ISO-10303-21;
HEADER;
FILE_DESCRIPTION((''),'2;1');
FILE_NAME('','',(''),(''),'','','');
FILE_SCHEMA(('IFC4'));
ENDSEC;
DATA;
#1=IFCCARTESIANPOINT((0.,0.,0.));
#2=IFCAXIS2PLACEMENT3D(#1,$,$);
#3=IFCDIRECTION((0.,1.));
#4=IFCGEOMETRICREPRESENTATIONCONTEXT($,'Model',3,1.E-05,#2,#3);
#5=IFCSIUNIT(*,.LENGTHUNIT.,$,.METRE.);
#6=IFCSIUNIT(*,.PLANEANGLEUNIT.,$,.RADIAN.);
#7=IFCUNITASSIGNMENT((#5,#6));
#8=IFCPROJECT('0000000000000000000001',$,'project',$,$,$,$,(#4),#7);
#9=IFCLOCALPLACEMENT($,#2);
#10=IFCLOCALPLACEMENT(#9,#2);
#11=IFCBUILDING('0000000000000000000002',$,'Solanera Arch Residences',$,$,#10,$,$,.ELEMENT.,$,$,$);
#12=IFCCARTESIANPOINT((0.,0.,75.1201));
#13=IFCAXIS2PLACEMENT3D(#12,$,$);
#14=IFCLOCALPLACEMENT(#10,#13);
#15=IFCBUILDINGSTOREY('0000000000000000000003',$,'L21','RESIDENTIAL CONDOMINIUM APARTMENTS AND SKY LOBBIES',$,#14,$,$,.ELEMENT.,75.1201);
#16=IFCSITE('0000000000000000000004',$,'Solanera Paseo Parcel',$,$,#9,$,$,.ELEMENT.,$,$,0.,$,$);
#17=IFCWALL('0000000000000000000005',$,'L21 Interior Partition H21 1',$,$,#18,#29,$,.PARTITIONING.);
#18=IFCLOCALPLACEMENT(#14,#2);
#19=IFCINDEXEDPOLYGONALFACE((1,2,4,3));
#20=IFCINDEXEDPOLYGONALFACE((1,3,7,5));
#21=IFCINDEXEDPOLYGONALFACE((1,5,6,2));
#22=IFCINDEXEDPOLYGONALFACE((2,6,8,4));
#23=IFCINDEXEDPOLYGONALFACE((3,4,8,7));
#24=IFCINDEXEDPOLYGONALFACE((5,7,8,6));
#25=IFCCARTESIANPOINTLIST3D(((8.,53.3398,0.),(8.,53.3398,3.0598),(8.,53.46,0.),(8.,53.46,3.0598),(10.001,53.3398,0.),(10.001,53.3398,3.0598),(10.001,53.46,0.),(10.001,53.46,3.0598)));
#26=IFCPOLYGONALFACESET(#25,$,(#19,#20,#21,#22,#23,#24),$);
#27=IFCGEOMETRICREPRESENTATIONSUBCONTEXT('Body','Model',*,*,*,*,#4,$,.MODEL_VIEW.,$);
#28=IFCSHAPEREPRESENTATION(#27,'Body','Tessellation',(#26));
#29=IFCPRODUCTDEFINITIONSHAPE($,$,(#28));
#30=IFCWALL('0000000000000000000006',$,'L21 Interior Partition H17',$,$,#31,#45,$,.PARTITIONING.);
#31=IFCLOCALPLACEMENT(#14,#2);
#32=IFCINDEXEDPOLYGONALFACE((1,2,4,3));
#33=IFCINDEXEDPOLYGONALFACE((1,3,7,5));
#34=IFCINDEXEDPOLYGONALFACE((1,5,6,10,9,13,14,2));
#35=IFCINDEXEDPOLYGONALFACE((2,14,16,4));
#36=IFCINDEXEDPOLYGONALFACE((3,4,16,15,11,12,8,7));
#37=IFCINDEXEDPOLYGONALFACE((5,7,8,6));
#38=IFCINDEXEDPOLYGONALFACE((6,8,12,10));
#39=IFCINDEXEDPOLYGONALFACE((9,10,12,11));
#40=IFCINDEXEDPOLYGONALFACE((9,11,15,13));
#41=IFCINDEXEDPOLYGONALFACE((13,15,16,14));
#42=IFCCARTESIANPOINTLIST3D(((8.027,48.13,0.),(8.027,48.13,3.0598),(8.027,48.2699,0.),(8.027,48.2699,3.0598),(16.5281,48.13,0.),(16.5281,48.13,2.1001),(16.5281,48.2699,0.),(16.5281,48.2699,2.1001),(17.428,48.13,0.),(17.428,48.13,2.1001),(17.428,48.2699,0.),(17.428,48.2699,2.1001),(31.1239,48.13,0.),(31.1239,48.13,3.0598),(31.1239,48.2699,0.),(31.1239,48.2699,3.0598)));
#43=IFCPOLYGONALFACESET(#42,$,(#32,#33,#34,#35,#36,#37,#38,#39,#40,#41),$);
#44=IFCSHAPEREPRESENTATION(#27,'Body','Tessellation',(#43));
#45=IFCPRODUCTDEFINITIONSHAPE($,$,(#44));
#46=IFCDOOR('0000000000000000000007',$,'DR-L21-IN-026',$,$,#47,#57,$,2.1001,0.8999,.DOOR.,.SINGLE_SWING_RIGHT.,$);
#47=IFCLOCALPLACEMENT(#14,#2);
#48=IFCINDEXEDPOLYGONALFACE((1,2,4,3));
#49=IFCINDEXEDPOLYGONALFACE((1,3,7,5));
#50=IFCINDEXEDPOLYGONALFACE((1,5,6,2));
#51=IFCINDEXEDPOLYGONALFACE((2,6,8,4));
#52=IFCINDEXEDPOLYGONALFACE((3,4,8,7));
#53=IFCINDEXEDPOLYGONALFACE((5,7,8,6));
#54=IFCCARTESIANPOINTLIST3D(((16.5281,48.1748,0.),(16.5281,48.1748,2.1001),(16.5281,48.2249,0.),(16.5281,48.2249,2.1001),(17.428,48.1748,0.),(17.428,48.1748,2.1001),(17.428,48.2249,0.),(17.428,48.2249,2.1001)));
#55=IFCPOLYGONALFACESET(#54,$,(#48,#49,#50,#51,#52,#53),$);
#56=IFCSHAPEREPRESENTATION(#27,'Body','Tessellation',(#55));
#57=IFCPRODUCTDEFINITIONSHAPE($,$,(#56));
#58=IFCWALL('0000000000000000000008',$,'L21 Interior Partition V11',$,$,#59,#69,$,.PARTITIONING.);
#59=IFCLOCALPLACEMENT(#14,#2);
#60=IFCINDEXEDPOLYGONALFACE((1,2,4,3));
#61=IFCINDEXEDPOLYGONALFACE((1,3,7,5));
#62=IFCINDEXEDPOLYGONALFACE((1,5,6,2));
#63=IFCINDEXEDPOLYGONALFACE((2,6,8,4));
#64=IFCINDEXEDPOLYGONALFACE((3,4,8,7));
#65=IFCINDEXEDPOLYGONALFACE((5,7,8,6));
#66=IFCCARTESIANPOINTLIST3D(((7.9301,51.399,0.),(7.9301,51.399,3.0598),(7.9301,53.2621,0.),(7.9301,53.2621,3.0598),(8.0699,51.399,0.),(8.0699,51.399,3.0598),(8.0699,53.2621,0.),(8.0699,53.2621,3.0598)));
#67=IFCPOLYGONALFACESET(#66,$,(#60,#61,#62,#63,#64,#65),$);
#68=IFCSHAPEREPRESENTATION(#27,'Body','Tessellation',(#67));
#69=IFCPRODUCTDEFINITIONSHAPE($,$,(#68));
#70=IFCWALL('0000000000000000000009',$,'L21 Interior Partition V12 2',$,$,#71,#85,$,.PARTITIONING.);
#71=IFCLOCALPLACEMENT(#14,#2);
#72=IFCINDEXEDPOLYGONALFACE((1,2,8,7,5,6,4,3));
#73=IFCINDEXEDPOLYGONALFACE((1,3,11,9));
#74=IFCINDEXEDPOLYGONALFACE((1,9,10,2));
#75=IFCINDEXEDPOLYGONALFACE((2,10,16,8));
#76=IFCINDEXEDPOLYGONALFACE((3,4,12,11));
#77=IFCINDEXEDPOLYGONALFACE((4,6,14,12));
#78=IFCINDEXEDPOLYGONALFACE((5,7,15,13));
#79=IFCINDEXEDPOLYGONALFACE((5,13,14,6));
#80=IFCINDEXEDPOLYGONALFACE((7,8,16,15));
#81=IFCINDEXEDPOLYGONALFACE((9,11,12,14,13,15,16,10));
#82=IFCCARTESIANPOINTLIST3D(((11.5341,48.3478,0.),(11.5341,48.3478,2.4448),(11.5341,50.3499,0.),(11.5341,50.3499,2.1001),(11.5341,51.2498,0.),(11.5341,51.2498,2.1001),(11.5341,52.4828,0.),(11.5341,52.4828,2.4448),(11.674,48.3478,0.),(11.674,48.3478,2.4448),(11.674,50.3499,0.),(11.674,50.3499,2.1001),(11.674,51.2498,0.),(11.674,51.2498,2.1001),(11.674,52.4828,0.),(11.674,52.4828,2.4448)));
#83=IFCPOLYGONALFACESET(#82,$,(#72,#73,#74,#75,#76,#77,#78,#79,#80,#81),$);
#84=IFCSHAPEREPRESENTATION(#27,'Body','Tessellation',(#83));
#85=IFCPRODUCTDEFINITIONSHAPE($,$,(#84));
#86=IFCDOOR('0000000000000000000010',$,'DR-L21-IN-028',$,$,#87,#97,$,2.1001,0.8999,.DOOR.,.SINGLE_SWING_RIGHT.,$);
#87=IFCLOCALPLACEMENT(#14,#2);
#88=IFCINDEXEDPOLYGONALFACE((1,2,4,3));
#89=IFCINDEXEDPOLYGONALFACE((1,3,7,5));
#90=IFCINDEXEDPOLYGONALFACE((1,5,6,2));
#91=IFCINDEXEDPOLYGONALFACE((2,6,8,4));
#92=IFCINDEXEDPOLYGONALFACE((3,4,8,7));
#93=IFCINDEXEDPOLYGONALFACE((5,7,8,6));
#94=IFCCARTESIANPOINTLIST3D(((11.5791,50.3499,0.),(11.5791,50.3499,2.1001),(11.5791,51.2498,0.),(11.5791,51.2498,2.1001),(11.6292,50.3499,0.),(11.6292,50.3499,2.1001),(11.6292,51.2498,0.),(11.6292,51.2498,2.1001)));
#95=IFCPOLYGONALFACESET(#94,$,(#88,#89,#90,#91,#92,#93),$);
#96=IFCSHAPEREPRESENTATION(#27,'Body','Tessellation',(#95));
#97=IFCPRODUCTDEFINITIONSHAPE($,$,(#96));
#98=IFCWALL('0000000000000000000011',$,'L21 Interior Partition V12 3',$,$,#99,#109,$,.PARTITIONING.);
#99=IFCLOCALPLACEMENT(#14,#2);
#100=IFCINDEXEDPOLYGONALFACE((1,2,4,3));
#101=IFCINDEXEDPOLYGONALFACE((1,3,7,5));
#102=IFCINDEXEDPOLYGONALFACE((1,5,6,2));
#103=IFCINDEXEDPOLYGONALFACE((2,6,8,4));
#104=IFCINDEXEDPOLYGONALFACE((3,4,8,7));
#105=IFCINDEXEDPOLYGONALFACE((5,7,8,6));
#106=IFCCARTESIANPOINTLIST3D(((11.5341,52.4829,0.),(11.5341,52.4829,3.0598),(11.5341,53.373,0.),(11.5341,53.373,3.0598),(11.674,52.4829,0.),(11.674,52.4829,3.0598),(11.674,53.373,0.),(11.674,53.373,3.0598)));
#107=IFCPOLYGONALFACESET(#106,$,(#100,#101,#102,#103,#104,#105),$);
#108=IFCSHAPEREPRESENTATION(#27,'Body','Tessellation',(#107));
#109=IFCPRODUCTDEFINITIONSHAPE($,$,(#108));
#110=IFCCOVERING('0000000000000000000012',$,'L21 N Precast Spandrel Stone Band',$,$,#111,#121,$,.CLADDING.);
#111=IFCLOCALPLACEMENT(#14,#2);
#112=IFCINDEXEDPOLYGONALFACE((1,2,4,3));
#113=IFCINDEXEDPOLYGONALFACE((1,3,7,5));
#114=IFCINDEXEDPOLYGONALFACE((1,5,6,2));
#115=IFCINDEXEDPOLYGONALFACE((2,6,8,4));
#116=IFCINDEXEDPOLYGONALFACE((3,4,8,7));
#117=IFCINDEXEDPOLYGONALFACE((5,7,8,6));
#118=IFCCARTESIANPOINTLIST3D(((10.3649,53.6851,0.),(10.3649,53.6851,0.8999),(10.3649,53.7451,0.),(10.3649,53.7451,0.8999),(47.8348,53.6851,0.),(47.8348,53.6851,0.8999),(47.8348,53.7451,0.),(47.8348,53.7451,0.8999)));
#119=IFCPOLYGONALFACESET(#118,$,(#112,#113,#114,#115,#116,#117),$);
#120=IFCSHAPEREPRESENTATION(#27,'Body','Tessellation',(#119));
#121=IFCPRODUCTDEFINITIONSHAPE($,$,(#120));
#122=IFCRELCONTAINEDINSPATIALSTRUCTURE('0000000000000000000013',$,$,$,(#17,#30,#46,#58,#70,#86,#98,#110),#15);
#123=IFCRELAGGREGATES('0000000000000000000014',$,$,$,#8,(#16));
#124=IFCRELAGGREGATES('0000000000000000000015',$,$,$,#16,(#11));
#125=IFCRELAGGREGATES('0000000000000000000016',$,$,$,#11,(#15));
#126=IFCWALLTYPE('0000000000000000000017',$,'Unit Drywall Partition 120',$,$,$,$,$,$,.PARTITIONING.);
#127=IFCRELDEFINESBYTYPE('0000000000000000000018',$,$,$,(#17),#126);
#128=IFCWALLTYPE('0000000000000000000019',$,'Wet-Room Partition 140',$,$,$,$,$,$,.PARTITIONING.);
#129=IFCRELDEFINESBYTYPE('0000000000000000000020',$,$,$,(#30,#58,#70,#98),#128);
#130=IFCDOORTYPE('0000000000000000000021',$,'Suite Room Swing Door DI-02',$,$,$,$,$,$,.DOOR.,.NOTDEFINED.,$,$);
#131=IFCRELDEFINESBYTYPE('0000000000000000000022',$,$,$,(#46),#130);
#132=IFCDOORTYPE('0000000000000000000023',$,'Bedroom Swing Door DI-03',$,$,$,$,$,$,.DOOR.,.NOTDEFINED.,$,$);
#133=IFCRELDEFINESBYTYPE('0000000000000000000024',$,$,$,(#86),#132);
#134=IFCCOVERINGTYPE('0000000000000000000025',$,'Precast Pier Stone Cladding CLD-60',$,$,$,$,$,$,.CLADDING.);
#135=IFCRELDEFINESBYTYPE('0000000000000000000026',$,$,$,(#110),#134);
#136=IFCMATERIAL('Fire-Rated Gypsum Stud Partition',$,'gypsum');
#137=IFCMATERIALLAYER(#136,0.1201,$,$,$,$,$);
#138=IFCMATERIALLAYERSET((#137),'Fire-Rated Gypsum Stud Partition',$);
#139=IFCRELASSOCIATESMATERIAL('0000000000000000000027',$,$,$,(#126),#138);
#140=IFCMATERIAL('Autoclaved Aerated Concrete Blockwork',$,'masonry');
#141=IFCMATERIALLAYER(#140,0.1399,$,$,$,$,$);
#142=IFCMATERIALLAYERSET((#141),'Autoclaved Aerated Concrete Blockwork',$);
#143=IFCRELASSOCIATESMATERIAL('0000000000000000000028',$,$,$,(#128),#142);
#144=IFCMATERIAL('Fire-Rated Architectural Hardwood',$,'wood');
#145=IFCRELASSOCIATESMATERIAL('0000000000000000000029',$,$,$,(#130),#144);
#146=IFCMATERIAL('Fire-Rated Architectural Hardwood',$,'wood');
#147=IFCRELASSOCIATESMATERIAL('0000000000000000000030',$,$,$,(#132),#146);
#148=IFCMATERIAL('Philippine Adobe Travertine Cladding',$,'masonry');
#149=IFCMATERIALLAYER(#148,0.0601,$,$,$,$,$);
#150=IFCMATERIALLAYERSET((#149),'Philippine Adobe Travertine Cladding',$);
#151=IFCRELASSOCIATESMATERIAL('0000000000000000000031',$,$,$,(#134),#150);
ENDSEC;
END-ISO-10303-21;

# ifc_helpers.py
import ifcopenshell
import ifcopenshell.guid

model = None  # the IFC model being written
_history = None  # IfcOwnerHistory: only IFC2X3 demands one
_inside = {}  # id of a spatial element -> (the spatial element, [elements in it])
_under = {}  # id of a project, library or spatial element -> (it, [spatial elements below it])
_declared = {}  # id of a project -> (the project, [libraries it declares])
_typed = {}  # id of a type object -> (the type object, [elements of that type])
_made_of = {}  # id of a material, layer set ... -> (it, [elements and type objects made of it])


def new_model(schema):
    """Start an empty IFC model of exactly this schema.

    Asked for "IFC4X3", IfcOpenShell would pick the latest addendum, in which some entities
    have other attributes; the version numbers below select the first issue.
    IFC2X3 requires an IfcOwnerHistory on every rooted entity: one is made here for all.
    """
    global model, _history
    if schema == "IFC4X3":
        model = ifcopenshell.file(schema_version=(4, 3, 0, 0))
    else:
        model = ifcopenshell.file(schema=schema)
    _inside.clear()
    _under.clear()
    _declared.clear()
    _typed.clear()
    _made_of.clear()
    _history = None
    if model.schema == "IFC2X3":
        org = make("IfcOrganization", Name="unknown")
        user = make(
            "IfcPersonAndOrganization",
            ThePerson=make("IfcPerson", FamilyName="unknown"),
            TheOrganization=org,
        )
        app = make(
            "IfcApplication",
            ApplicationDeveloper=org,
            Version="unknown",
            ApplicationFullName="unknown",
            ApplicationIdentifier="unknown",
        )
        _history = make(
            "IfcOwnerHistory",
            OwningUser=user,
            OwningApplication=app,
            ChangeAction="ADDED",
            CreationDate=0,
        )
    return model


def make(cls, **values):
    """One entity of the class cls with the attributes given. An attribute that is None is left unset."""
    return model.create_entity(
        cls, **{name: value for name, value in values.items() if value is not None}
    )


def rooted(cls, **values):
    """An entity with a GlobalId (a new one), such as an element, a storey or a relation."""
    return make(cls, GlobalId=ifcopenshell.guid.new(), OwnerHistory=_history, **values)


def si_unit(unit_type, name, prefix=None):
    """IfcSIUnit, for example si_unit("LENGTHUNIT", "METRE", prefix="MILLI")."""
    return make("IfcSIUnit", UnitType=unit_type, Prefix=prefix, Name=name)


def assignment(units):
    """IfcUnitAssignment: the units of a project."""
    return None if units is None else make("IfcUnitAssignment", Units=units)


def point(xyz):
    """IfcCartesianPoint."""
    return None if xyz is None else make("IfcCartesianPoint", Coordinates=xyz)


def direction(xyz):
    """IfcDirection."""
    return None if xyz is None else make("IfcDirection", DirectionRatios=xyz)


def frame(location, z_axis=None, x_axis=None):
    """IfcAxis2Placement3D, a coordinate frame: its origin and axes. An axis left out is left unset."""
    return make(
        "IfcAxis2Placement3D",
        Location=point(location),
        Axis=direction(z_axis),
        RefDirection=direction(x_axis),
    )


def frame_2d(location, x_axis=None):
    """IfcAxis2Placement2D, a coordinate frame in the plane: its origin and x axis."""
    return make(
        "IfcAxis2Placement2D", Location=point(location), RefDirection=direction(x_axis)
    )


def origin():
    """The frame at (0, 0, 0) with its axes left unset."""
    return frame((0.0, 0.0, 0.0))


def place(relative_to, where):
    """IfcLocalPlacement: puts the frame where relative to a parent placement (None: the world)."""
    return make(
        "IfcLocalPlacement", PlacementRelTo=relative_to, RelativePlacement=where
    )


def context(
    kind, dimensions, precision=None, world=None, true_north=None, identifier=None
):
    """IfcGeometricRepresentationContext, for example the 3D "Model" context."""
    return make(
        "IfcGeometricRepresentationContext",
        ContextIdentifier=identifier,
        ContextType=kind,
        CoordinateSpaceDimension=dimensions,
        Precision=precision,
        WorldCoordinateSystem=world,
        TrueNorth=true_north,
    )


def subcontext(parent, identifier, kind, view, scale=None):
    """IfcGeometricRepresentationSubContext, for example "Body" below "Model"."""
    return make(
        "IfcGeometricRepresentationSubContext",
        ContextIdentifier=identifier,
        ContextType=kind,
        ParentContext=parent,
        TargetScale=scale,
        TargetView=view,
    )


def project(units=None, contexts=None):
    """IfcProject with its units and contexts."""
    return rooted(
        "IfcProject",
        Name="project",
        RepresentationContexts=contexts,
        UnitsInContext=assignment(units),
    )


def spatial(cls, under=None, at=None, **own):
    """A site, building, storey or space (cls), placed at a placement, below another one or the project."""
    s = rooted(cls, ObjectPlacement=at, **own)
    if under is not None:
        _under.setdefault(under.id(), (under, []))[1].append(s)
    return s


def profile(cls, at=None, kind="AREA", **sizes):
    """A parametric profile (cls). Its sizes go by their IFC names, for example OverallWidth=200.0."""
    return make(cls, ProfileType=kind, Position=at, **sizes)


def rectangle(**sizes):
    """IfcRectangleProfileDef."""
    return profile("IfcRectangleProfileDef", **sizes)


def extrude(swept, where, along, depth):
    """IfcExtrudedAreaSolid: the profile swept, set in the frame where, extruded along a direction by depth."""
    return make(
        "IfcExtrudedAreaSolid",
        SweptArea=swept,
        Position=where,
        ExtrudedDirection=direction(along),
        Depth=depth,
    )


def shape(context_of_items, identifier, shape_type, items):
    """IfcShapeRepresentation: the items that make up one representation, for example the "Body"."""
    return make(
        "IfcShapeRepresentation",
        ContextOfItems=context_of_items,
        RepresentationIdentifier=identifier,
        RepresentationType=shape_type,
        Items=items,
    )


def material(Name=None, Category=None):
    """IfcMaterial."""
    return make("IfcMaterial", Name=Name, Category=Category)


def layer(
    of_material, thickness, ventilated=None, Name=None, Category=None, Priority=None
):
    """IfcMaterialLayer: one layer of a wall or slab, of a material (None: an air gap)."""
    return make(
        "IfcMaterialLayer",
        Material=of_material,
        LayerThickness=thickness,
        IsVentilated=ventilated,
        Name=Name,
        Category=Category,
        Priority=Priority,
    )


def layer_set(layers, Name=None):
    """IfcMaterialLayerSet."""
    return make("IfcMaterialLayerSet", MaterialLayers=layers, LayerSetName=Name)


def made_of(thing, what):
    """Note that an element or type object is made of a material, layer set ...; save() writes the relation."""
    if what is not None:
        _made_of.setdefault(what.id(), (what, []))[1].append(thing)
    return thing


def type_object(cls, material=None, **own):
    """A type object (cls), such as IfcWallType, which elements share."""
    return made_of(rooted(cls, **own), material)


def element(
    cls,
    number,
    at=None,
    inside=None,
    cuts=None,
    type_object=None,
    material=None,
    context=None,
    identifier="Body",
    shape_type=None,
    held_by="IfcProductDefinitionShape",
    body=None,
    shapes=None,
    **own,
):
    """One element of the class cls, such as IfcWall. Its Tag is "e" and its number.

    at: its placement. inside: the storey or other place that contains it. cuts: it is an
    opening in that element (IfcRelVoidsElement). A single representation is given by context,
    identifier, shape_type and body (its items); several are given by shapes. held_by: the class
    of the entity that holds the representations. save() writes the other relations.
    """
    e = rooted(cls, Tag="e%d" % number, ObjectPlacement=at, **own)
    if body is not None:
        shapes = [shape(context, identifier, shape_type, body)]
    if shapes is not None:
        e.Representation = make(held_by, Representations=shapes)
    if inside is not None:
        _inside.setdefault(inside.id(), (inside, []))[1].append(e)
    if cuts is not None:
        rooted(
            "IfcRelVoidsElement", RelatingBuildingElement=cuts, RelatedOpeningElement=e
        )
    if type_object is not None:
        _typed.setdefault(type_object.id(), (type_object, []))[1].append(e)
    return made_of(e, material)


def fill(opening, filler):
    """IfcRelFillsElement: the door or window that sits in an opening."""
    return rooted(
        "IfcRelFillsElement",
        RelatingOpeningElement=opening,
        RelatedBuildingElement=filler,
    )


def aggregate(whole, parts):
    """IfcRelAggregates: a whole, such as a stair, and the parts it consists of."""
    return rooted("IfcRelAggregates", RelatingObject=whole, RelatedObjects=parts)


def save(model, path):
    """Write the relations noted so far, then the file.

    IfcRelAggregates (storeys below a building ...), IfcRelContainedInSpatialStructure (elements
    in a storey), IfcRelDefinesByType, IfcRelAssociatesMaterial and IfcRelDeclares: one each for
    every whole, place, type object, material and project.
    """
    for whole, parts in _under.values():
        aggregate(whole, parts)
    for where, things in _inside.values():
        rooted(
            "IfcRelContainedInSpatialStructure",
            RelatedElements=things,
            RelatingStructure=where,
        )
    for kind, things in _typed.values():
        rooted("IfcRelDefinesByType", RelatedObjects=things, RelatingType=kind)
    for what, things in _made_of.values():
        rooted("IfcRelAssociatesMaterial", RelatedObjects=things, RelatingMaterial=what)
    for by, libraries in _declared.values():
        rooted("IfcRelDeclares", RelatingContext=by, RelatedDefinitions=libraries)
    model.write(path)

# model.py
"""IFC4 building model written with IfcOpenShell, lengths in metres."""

from ifc_helpers import new_model, si_unit, direction, frame, frame_2d, origin, place, context, subcontext, project, spatial, rectangle, extrude, material, layer, layer_set, type_object, element, fill, save


model = new_model("IFC4")

# Units and contexts
model_context = context("Model", 3, precision=1e-05, world=origin(), true_north=direction((0.0, 1.0)))
body_context = subcontext(model_context, "Body", "Model", "MODEL_VIEW")
ifc_project = project(units=[si_unit("LENGTHUNIT", "METRE"), si_unit("PLANEANGLEUNIT", "RADIAN")], contexts=[model_context])

# Site, building, storey
site_placement = place(None, origin())
site = spatial("IfcSite", under=ifc_project, at=site_placement, Name="Solanera Paseo Parcel", CompositionType="ELEMENT", RefElevation=0.0)
building_placement = place(site_placement, origin())
building = spatial("IfcBuilding", under=site, at=building_placement, Name="Solanera Arch Residences", CompositionType="ELEMENT")
storey_placement = place(building_placement, frame((0.0, 0.0, 75.1201)))
storey = spatial("IfcBuildingStorey", under=building, at=storey_placement, Name="L21", Description="RESIDENTIAL CONDOMINIUM APARTMENTS AND SKY LOBBIES", CompositionType="ELEMENT", Elevation=75.1201)

# Wall
ifc_material_1 = material(Name="Fire-Rated Gypsum Stud Partition", Category="gypsum")
ifc_layer_1 = layer(ifc_material_1, 0.1201)
ifc_layer_set_1 = layer_set([ifc_layer_1], Name="Fire-Rated Gypsum Stud Partition")
wall_type_1 = type_object("IfcWallType", Name="Unit Drywall Partition 120", PredefinedType="PARTITIONING", material=ifc_layer_set_1)
wall_1_placement = place(storey_placement, frame((8.0, 53.3999, 0.0), z_axis=(0.0, 0.0, 1.0), x_axis=(1.0, 0.0, 0.0)))
element("IfcWall", 1, at=wall_1_placement, inside=storey, type_object=wall_type_1, Name="L21 Interior Partition H21 1", PredefinedType="PARTITIONING", context=body_context, shape_type="SweptSolid", body=[
    extrude(rectangle(XDim=2.001, YDim=0.1201, at=frame_2d((1.0005, 0.0))), origin(), (0.0, 0.0, 1.0), 3.0598),
])

# Wall, opening, door
ifc_material_2 = material(Name="Autoclaved Aerated Concrete Blockwork", Category="masonry")
ifc_layer_2 = layer(ifc_material_2, 0.1399)
ifc_layer_set_2 = layer_set([ifc_layer_2], Name="Autoclaved Aerated Concrete Blockwork")
wall_type_2 = type_object("IfcWallType", Name="Wet-Room Partition 140", PredefinedType="PARTITIONING", material=ifc_layer_set_2)
wall_2_placement = place(storey_placement, frame((8.0271, 48.2, 0.0), z_axis=(0.0, 0.0, 1.0), x_axis=(1.0, 0.0, 0.0)))
wall_2 = element("IfcWall", 2, at=wall_2_placement, inside=storey, type_object=wall_type_2, Name="L21 Interior Partition H17", PredefinedType="PARTITIONING", context=body_context, shape_type="SweptSolid", body=[
    extrude(rectangle(XDim=23.0969, YDim=0.1399, at=frame_2d((11.5483, 0.0))), origin(), (0.0, 0.0, 1.0), 3.0598),
])
opening_1_placement = place(wall_2_placement, frame((8.501, 0.0, 0.0)))
opening_1 = element("IfcOpeningElement", 3, at=opening_1_placement, cuts=wall_2, PredefinedType="OPENING", context=body_context, shape_type="SweptSolid", body=[
    extrude(rectangle(XDim=0.8999, YDim=2.1001, at=frame_2d((0.45, 1.05))), frame((0.0, 0.0798, 0.0), z_axis=(0.0, -1.0, 0.0), x_axis=(1.0, 0.0, 0.0)), (0.0, 0.0, 1.0), 0.1599),
])
ifc_material_3 = material(Name="Fire-Rated Architectural Hardwood", Category="wood")
door_type_1 = type_object("IfcDoorType", Name="Suite Room Swing Door DI-02", OperationType="NOTDEFINED", PredefinedType="DOOR", material=ifc_material_3)
door_1_placement = place(opening_1_placement, origin())
door_1 = element("IfcDoor", 4, at=door_1_placement, inside=storey, type_object=door_type_1, Name="DR-L21-IN-026", OperationType="SINGLE_SWING_RIGHT", OverallHeight=2.1001, OverallWidth=0.8999, PredefinedType="DOOR", context=body_context, shape_type="SweptSolid", body=[
    extrude(rectangle(XDim=0.8999, YDim=2.1001, at=frame_2d((0.45, 1.05))), frame((0.0, 0.0249, 0.0), z_axis=(0.0, -1.0, 0.0), x_axis=(1.0, 0.0, 0.0)), (0.0, 0.0, 1.0), 0.05),
])
fill(opening_1, door_1)

# Wall
wall_3_placement = place(storey_placement, frame((8.0, 51.3989, 0.0), z_axis=(0.0, 0.0, 1.0), x_axis=(0.0, 1.0, 0.0)))
element("IfcWall", 5, at=wall_3_placement, inside=storey, type_object=wall_type_2, Name="L21 Interior Partition V11", PredefinedType="PARTITIONING", context=body_context, shape_type="SweptSolid", body=[
    extrude(rectangle(XDim=1.863, YDim=0.1399, at=frame_2d((0.9316, 0.0))), origin(), (0.0, 0.0, 1.0), 3.0598),
])

# Wall, opening, door
wall_4_placement = place(storey_placement, frame((11.604, 48.3479, 0.0), z_axis=(0.0, 0.0, 1.0), x_axis=(0.0, 1.0, 0.0)))
wall_4 = element("IfcWall", 6, at=wall_4_placement, inside=storey, type_object=wall_type_2, Name="L21 Interior Partition V12 2", PredefinedType="PARTITIONING", context=body_context, shape_type="SweptSolid", body=[
    extrude(rectangle(XDim=4.135, YDim=0.1399, at=frame_2d((2.0674, 0.0))), origin(), (0.0, 0.0, 1.0), 2.4448),
])
opening_2_placement = place(wall_4_placement, frame((2.002, 0.0, 0.0)))
opening_2 = element("IfcOpeningElement", 7, at=opening_2_placement, cuts=wall_4, PredefinedType="OPENING", context=body_context, shape_type="SweptSolid", body=[
    extrude(rectangle(XDim=0.8999, YDim=2.1001, at=frame_2d((0.45, 1.05))), frame((0.0, 0.0798, 0.0), z_axis=(0.0, -1.0, 0.0), x_axis=(1.0, 0.0, 0.0)), (0.0, 0.0, 1.0), 0.1599),
])
ifc_material_4 = material(Name="Fire-Rated Architectural Hardwood", Category="wood")
door_type_2 = type_object("IfcDoorType", Name="Bedroom Swing Door DI-03", OperationType="NOTDEFINED", PredefinedType="DOOR", material=ifc_material_4)
door_2_placement = place(opening_2_placement, origin())
door_2 = element("IfcDoor", 8, at=door_2_placement, inside=storey, type_object=door_type_2, Name="DR-L21-IN-028", OperationType="SINGLE_SWING_RIGHT", OverallHeight=2.1001, OverallWidth=0.8999, PredefinedType="DOOR", context=body_context, shape_type="SweptSolid", body=[
    extrude(rectangle(XDim=0.8999, YDim=2.1001, at=frame_2d((0.45, 1.05))), frame((0.0, 0.0249, 0.0), z_axis=(0.0, -1.0, 0.0), x_axis=(1.0, 0.0, 0.0)), (0.0, 0.0, 1.0), 0.05),
])
fill(opening_2, door_2)

# Wall
wall_5_placement = place(storey_placement, frame((11.604, 52.4829, 0.0), z_axis=(0.0, 0.0, 1.0), x_axis=(0.0, 1.0, 0.0)))
element("IfcWall", 9, at=wall_5_placement, inside=storey, type_object=wall_type_2, Name="L21 Interior Partition V12 3", PredefinedType="PARTITIONING", context=body_context, shape_type="SweptSolid", body=[
    extrude(rectangle(XDim=0.8901, YDim=0.1399, at=frame_2d((0.4451, 0.0))), origin(), (0.0, 0.0, 1.0), 3.0598),
])

# Covering
ifc_material_5 = material(Name="Philippine Adobe Travertine Cladding", Category="masonry")
ifc_layer_3 = layer(ifc_material_5, 0.0601)
ifc_layer_set_3 = layer_set([ifc_layer_3], Name="Philippine Adobe Travertine Cladding")
covering_type = type_object("IfcCoveringType", Name="Precast Pier Stone Cladding CLD-60", PredefinedType="CLADDING", material=ifc_layer_set_3)
covering_placement = place(storey_placement, frame((10.365, 53.7151, 0.0), z_axis=(0.0, 0.0, 1.0), x_axis=(1.0, 0.0, 0.0)))
element("IfcCovering", 10, at=covering_placement, inside=storey, type_object=covering_type, Name="L21 N Precast Spandrel Stone Band", PredefinedType="CLADDING", context=body_context, shape_type="SweptSolid", body=[
    extrude(rectangle(XDim=37.47, YDim=0.0601, at=frame_2d((18.7349, 0.0))), origin(), (0.0, 0.0, 1.0), 0.8999),
])

save(model, "model.ifc")
